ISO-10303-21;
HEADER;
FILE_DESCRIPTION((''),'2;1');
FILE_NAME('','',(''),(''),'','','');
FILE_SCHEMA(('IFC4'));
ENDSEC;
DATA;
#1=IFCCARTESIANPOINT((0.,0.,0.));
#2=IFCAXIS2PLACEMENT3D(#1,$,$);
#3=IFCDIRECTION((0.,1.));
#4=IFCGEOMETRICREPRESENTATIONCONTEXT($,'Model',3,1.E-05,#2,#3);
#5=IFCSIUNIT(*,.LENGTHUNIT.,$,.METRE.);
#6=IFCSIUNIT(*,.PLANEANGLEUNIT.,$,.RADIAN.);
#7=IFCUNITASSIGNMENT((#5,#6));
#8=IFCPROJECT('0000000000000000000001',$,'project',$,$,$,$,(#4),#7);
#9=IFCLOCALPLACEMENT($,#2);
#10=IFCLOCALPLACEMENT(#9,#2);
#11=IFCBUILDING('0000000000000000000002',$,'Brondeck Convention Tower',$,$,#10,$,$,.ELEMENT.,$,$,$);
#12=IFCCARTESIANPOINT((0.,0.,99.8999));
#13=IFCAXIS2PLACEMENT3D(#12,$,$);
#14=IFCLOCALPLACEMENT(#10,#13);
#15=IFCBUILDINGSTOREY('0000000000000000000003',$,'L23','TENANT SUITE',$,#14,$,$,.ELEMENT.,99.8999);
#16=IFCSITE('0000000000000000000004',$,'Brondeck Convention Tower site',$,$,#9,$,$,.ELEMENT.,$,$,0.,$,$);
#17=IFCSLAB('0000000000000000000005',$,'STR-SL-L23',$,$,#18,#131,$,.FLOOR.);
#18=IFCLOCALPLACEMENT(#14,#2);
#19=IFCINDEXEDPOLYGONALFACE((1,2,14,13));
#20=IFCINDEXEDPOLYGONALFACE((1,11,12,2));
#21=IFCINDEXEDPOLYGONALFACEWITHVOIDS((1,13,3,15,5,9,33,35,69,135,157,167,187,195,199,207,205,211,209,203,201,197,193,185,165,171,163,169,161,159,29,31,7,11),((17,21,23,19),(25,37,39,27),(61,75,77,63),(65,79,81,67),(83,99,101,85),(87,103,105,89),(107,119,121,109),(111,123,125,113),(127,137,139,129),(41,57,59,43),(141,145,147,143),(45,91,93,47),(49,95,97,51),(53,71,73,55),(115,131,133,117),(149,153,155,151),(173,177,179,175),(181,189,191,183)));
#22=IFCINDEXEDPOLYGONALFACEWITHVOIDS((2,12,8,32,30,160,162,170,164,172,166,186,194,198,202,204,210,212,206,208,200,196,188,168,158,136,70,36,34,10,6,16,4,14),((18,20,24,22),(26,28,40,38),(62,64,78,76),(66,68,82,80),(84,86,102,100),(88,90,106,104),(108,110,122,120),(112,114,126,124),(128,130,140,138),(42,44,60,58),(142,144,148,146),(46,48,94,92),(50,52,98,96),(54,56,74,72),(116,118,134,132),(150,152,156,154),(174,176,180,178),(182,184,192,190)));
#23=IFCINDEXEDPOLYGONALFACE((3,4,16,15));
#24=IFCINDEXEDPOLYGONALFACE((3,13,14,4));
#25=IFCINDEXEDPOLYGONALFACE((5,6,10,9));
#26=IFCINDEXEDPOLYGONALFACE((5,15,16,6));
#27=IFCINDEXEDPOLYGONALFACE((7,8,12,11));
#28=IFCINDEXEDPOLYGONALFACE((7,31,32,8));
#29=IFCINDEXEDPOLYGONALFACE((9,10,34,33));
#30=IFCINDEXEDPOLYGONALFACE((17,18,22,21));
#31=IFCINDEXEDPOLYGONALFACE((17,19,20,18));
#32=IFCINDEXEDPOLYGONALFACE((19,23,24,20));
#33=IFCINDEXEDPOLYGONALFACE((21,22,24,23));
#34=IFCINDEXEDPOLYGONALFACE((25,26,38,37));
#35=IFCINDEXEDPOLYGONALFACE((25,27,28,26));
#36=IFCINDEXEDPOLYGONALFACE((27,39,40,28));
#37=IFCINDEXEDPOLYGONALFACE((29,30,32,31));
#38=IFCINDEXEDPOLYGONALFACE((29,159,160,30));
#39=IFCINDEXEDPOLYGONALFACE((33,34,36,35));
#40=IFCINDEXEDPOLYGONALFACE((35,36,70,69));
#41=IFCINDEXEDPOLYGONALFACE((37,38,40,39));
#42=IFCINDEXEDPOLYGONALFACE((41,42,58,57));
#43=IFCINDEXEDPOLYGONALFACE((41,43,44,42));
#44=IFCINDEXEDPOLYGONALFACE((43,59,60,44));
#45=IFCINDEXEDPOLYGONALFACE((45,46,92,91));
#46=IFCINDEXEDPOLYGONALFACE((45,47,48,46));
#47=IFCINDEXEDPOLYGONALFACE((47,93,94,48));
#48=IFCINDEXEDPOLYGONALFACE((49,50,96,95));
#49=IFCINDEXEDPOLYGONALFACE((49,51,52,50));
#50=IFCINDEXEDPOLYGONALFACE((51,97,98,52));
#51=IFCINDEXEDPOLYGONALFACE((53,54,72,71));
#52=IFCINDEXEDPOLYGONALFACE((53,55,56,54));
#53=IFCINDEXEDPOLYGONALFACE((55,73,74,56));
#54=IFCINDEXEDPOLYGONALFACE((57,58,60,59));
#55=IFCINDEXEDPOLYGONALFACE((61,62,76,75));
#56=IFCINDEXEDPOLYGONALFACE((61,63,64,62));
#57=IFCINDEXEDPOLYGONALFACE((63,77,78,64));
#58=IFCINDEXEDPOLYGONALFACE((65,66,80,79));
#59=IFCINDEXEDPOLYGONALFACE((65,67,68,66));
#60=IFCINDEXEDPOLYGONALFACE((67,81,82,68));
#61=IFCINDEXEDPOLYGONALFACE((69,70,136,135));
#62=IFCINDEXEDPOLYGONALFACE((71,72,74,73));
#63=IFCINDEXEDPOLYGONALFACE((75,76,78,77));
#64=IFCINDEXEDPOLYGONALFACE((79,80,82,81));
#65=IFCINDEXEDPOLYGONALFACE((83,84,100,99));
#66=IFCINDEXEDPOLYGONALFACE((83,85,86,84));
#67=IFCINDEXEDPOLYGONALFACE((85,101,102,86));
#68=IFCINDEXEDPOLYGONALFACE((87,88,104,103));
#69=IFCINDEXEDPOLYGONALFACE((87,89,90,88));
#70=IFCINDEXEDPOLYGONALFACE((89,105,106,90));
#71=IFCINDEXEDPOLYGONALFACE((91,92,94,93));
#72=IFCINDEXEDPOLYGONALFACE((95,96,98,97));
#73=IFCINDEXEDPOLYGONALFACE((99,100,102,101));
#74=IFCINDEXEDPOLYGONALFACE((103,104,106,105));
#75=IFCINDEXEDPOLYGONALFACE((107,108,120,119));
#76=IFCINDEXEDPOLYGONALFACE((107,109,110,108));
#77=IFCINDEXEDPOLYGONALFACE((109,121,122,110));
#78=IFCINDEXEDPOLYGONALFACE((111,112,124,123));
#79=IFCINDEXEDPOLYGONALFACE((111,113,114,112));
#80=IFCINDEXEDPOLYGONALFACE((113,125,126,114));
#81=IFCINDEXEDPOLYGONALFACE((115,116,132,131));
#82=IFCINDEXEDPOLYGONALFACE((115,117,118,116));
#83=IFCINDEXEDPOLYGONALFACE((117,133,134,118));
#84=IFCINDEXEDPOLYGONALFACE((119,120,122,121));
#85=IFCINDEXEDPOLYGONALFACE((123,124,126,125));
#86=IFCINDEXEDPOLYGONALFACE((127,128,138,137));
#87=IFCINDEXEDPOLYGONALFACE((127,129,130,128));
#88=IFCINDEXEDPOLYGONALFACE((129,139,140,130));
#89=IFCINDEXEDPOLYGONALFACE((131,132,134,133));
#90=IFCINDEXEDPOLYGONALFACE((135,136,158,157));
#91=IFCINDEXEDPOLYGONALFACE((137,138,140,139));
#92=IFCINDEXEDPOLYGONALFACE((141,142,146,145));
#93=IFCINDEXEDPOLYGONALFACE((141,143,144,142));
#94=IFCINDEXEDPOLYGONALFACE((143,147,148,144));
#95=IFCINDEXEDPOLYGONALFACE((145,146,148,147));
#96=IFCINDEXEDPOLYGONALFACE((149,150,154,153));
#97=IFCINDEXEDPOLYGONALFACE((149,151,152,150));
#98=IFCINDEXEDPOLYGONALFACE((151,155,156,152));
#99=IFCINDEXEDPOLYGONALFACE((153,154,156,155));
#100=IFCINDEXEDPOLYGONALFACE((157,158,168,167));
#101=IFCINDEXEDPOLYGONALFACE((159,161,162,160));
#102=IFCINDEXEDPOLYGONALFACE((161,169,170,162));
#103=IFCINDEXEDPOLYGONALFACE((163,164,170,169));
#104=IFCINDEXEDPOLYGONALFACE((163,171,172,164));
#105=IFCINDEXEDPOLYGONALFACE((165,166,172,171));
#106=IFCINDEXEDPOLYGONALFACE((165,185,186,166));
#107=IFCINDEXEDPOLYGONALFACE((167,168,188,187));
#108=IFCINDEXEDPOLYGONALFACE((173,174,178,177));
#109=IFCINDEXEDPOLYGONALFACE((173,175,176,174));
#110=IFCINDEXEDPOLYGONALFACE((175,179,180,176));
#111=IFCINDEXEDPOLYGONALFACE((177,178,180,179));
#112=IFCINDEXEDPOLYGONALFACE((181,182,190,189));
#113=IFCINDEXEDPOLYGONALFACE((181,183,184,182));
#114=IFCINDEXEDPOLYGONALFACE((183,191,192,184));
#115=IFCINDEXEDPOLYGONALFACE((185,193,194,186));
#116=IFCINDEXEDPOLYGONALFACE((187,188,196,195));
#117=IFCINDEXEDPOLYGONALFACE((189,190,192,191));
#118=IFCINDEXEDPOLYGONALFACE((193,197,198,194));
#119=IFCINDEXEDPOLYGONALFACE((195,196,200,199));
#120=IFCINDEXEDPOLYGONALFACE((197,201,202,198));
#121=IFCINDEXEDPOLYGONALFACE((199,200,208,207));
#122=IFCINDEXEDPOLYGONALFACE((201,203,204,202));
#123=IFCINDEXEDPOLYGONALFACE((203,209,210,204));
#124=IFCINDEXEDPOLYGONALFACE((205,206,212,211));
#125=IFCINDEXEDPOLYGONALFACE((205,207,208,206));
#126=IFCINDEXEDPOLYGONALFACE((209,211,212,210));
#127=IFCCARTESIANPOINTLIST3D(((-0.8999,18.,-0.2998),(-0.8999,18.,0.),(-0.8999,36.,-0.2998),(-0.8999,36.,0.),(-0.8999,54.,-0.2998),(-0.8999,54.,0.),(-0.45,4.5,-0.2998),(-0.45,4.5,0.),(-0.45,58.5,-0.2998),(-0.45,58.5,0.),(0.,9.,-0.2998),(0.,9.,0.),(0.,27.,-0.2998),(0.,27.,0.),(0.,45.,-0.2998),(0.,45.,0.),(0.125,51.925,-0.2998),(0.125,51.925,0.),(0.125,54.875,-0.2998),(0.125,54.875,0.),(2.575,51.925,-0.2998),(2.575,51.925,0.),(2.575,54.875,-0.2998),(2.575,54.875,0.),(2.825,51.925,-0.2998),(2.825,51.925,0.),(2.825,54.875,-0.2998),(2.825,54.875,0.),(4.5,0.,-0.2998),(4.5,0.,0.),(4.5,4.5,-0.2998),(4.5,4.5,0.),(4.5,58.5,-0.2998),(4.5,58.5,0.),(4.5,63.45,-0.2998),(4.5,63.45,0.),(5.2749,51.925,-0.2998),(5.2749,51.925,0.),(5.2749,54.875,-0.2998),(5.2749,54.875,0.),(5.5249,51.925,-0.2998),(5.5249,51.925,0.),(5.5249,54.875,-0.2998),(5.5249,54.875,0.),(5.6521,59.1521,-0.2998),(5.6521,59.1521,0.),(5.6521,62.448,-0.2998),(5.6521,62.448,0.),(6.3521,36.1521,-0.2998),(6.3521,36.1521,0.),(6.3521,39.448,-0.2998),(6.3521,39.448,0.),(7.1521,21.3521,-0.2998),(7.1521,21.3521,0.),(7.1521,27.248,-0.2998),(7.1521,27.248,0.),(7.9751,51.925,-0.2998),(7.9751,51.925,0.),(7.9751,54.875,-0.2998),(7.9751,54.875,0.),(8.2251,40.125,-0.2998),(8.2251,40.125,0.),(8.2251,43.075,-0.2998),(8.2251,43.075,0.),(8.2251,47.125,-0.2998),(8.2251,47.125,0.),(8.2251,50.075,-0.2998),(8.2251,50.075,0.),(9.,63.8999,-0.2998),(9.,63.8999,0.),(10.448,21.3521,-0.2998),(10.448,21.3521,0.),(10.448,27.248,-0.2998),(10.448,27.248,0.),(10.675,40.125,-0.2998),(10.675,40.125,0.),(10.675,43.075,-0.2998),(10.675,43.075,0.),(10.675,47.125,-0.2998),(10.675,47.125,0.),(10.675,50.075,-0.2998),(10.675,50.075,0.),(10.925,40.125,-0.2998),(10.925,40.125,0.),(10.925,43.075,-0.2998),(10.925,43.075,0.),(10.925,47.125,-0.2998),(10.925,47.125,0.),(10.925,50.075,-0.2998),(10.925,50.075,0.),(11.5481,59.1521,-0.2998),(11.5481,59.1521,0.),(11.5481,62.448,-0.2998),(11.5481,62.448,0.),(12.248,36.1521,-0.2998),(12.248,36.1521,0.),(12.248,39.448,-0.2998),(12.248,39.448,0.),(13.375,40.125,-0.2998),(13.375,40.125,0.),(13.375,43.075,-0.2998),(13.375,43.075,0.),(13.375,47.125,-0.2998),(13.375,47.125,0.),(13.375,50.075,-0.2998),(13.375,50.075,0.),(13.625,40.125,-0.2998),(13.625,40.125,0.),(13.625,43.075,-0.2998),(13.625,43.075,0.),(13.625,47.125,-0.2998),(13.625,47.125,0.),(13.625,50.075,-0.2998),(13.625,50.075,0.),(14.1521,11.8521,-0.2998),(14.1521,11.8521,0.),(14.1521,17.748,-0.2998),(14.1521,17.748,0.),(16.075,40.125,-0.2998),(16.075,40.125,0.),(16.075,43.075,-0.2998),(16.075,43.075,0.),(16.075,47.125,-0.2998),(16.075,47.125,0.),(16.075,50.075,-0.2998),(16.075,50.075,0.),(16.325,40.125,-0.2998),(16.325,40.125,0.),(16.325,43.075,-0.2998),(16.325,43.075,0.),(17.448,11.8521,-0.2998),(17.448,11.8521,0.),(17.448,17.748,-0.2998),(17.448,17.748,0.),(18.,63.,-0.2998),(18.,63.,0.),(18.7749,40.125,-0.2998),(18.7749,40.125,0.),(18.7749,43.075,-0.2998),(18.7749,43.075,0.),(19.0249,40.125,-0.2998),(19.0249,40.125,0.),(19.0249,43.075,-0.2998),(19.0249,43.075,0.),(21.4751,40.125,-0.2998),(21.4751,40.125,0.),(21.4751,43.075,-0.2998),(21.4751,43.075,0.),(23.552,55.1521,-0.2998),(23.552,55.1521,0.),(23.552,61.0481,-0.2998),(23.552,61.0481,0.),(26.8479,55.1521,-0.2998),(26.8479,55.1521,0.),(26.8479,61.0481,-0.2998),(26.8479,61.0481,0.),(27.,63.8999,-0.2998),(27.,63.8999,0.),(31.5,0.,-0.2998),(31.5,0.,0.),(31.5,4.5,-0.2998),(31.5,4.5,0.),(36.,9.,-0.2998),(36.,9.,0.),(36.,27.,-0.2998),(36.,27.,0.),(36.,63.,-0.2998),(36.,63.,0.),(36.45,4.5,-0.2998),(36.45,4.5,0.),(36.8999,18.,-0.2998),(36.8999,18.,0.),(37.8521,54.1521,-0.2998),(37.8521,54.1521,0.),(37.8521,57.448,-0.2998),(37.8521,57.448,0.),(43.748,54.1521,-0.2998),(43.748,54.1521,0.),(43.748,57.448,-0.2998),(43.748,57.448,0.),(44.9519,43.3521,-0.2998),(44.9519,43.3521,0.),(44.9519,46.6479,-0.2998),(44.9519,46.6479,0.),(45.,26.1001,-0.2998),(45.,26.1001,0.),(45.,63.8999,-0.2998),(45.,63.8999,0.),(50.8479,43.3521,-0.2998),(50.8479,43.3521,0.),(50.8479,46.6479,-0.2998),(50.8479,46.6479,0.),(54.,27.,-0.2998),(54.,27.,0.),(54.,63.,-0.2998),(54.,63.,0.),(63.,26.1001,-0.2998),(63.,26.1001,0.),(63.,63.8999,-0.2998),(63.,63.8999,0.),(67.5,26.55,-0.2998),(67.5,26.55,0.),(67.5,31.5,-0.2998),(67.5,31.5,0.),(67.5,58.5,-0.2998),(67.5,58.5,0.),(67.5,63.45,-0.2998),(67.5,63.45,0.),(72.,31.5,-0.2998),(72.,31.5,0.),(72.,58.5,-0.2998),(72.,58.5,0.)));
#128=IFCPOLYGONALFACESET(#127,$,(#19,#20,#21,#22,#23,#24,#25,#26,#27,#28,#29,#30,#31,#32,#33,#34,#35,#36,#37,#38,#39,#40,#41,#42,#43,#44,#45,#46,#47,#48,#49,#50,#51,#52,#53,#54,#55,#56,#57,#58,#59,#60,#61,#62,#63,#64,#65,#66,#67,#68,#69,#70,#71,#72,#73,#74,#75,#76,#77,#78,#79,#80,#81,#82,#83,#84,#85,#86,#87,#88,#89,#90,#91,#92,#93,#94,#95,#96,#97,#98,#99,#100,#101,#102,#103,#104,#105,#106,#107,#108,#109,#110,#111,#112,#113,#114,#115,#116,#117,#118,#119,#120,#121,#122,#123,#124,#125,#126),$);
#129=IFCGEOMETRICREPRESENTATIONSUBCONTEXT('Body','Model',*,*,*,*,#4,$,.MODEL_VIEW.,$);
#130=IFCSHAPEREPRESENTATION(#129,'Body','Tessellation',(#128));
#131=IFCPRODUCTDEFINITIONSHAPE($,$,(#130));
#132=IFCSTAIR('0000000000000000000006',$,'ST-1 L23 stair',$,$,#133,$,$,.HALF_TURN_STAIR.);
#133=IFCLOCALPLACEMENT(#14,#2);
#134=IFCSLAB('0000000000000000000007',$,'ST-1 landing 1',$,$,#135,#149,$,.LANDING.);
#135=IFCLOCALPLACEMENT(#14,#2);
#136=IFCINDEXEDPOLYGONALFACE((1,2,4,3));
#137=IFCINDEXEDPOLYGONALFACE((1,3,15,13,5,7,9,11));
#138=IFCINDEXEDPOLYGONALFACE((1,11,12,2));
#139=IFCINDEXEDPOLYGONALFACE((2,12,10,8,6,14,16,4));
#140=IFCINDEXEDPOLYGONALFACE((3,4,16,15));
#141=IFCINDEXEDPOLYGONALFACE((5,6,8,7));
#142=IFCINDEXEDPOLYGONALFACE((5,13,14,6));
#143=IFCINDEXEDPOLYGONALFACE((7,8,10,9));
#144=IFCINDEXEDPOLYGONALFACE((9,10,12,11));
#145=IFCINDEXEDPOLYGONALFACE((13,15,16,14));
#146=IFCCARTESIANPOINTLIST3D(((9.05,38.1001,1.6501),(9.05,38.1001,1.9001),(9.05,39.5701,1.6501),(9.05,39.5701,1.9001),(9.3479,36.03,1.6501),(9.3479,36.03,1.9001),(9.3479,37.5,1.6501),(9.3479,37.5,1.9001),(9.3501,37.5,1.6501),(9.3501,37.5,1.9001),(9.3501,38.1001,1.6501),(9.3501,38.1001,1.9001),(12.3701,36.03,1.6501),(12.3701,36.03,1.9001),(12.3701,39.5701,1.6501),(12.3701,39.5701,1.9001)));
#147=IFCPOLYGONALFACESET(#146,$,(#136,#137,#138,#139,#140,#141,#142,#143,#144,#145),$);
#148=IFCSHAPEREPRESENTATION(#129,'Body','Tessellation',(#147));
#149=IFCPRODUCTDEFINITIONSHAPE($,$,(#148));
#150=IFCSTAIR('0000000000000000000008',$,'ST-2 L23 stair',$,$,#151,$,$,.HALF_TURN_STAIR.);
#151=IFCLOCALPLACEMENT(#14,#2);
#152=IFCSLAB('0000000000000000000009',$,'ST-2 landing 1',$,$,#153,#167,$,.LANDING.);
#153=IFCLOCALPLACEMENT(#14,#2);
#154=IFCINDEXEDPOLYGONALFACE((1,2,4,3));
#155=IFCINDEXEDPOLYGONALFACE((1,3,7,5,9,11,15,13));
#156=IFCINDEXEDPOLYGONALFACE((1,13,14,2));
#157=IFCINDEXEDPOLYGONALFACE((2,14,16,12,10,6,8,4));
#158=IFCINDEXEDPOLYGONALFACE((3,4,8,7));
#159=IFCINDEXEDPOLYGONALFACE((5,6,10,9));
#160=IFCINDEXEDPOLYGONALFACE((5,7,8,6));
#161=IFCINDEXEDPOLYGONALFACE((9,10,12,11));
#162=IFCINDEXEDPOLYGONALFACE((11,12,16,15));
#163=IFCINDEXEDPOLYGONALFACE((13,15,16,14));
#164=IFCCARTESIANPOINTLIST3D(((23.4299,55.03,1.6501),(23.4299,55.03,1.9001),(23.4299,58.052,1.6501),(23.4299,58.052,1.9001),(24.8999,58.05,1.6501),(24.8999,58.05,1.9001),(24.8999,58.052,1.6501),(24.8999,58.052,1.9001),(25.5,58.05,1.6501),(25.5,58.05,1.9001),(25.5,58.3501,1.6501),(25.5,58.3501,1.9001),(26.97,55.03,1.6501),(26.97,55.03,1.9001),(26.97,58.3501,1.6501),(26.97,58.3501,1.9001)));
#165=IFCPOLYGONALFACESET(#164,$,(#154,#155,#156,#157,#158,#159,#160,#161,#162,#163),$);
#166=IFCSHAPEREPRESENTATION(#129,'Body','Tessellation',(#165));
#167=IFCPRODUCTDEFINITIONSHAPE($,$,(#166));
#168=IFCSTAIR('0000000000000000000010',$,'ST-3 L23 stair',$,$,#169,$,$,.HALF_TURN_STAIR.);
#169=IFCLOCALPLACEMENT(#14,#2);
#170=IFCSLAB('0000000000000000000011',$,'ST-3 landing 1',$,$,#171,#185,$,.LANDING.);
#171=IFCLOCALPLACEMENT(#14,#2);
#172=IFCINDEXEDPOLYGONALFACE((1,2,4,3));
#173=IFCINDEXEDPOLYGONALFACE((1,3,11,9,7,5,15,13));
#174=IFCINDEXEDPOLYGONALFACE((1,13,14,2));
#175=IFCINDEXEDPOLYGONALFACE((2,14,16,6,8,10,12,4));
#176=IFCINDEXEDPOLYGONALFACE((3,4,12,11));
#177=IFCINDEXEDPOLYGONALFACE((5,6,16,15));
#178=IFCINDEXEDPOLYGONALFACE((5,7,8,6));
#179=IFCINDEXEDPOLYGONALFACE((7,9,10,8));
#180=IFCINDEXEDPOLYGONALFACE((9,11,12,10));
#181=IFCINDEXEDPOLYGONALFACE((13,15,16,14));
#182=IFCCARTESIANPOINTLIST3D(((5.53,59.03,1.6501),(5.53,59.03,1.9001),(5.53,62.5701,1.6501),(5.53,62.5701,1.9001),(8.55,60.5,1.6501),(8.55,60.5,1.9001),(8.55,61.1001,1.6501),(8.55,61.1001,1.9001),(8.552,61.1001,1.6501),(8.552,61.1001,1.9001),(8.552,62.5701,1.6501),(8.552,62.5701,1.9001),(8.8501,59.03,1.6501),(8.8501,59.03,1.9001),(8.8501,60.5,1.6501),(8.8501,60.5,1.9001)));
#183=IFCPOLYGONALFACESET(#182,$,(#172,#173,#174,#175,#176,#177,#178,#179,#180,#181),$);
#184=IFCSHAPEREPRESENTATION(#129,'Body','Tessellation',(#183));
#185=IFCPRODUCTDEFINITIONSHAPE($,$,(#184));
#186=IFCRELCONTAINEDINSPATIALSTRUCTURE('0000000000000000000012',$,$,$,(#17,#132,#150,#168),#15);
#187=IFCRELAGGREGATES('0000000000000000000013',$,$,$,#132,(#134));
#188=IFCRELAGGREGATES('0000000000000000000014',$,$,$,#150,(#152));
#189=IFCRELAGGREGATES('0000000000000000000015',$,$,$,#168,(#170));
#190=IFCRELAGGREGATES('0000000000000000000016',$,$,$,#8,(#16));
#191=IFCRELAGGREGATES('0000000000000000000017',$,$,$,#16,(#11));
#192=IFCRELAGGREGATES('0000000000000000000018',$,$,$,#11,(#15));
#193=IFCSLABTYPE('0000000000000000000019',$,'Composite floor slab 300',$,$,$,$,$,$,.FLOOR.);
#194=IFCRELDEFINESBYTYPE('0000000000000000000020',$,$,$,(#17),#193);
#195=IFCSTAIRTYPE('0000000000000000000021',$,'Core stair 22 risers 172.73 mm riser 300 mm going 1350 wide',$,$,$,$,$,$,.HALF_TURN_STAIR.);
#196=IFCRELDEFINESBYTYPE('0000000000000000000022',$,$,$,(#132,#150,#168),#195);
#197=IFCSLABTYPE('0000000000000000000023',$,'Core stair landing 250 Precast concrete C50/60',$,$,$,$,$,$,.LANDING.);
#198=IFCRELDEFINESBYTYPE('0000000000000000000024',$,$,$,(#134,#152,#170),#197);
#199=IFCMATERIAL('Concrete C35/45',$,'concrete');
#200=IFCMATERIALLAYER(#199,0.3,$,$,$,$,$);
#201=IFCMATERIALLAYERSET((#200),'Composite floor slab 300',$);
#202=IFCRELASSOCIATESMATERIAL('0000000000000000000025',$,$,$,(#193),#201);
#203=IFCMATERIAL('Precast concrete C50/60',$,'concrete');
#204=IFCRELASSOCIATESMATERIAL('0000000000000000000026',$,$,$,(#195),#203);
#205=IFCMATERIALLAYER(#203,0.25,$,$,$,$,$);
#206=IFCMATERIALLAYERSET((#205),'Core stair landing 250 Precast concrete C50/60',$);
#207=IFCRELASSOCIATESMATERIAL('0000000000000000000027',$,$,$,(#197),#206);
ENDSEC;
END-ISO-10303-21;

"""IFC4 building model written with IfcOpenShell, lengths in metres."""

from ifc_helpers import new_model, si_unit, direction, frame, origin, place, context, subcontext, project, spatial, polyline, outline, extrude, material, layer, layer_set, type_object, element, aggregate, save


model = new_model("IFC4")

# Units and contexts
model_context = context("Model", 3, precision=1e-05, world=origin(), true_north=direction((0.0, 1.0)))
body_context = subcontext(model_context, "Body", "Model", "MODEL_VIEW")
ifc_project = project(units=[si_unit("LENGTHUNIT", "METRE"), si_unit("PLANEANGLEUNIT", "RADIAN")], contexts=[model_context])

# Site, building, storey
site_placement = place(None, origin())
site = spatial("IfcSite", under=ifc_project, at=site_placement, Name="Brondeck Convention Tower site", CompositionType="ELEMENT", RefElevation=0.0)
building_placement = place(site_placement, origin())
building = spatial("IfcBuilding", under=site, at=building_placement, Name="Brondeck Convention Tower", CompositionType="ELEMENT")
storey_placement = place(building_placement, frame((0.0, 0.0, 99.8999)))
storey = spatial("IfcBuildingStorey", under=building, at=storey_placement, Name="L23", Description="TENANT SUITE", CompositionType="ELEMENT", Elevation=99.8999)

# Slab
ifc_material_1 = material(Name="Concrete C35/45", Category="concrete")
ifc_layer_1 = layer(ifc_material_1, 0.3)
ifc_layer_set_1 = layer_set([ifc_layer_1], Name="Composite floor slab 300")
slab_type_1 = type_object("IfcSlabType", Name="Composite floor slab 300", PredefinedType="FLOOR", material=ifc_layer_set_1)
slab_1_placement = place(storey_placement, frame((0.0, 0.0, -0.2998)))
element("IfcSlab", 1, at=slab_1_placement, inside=storey, type_object=slab_type_1, Name="STR-SL-L23", PredefinedType="FLOOR", context=body_context, shape_type="SweptSolid", body=[
    extrude(outline(polyline([(4.5, 4.5), (-0.45, 4.5), (0.0, 9.0), (-0.8999, 18.0), (0.0, 27.0), (-0.8999, 36.0), (0.0, 45.0), (-0.8999, 54.0), (-0.45, 58.5), (4.5, 58.5), (4.5, 63.45), (9.0, 63.8999), (18.0, 63.0), (27.0, 63.8999), (36.0, 63.0), (45.0, 63.8999), (54.0, 63.0), (63.0, 63.8999), (67.5, 63.45), (67.5, 58.5), (72.0, 58.5), (72.0, 31.5), (67.5, 31.5), (67.5, 26.55), (63.0, 26.1001), (54.0, 27.0), (45.0, 26.1001), (36.0, 27.0), (36.8999, 18.0), (36.0, 9.0), (36.45, 4.5), (31.5, 4.5), (31.5, 0.0), (4.5, 0.0), (4.5, 4.5)]), holes=[polyline([(10.448, 27.248), (7.1521, 27.248), (7.1521, 21.3521), (10.448, 21.3521), (10.448, 27.248)]), polyline([(12.248, 36.1521), (12.248, 39.448), (6.3521, 39.448), (6.3521, 36.1521), (12.248, 36.1521)]), polyline([(10.675, 40.125), (10.675, 43.075), (8.2251, 43.075), (8.2251, 40.125), (10.675, 40.125)]), polyline([(10.675, 47.125), (10.675, 50.075), (8.2251, 50.075), (8.2251, 47.125), (10.675, 47.125)]), polyline([(13.375, 47.125), (13.375, 50.075), (10.925, 50.075), (10.925, 47.125), (13.375, 47.125)]), polyline([(2.575, 51.925), (2.575, 54.875), (0.125, 54.875), (0.125, 51.925), (2.575, 51.925)]), polyline([(5.2749, 51.925), (5.2749, 54.875), (2.825, 54.875), (2.825, 51.925), (5.2749, 51.925)]), polyline([(5.5249, 51.925), (7.9751, 51.925), (7.9751, 54.875), (5.5249, 54.875), (5.5249, 51.925)]), polyline([(11.5481, 62.448), (5.6521, 62.448), (5.6521, 59.1521), (11.5481, 59.1521), (11.5481, 62.448)]), polyline([(17.448, 17.748), (14.1521, 17.748), (14.1521, 11.8521), (17.448, 11.8521), (17.448, 17.748)]), polyline([(13.375, 40.125), (13.375, 43.075), (10.925, 43.075), (10.925, 40.125), (13.375, 40.125)]), polyline([(16.075, 40.125), (16.075, 43.075), (13.625, 43.075), (13.625, 40.125), (16.075, 40.125)]), polyline([(18.7749, 40.125), (18.7749, 43.075), (16.325, 43.075), (16.325, 40.125), (18.7749, 40.125)]), polyline([(21.4751, 40.125), (21.4751, 43.075), (19.0249, 43.075), (19.0249, 40.125), (21.4751, 40.125)]), polyline([(50.8479, 43.3521), (50.8479, 46.6479), (44.9519, 46.6479), (44.9519, 43.3521), (50.8479, 43.3521)]), polyline([(16.075, 47.125), (16.075, 50.075), (13.625, 50.075), (13.625, 47.125), (16.075, 47.125)]), polyline([(37.8521, 54.1521), (43.748, 54.1521), (43.748, 57.448), (37.8521, 57.448), (37.8521, 54.1521)]), polyline([(23.552, 61.0481), (23.552, 55.1521), (26.8479, 55.1521), (26.8479, 61.0481), (23.552, 61.0481)])]), origin(), (0.0, 0.0, 1.0), 0.2998),
])

# Stairs, slabs
ifc_material_2 = material(Name="Precast concrete C50/60", Category="concrete")
stair_type = type_object("IfcStairType", Name="Core stair 22 risers 172.73 mm riser 300 mm going 1350 wide", PredefinedType="HALF_TURN_STAIR", material=ifc_material_2)
stair_1_placement = place(storey_placement, origin())
stair_1 = element("IfcStair", 2, at=stair_1_placement, inside=storey, type_object=stair_type, Name="ST-1 L23 stair", PredefinedType="HALF_TURN_STAIR")
ifc_layer_2 = layer(ifc_material_2, 0.25)
ifc_layer_set_2 = layer_set([ifc_layer_2], Name="Core stair landing 250 Precast concrete C50/60")
slab_type_2 = type_object("IfcSlabType", Name="Core stair landing 250 Precast concrete C50/60", PredefinedType="LANDING", material=ifc_layer_set_2)
slab_2_placement = place(storey_placement, frame((0.0, 0.0, 1.6501)))
slab_2 = element("IfcSlab", 3, at=slab_2_placement, type_object=slab_type_2, Name="ST-1 landing 1", PredefinedType="LANDING", context=body_context, shape_type="SweptSolid", body=[
    extrude(outline(polyline([(9.3479, 37.5), (9.3501, 37.5), (9.3501, 38.1001), (9.05, 38.1001), (9.05, 39.5701), (12.3701, 39.5701), (12.3701, 36.03), (9.3479, 36.03), (9.3479, 37.5)])), origin(), (0.0, 0.0, 1.0), 0.25),
])
aggregate(stair_1, [slab_2])
stair_2_placement = place(storey_placement, origin())
stair_2 = element("IfcStair", 4, at=stair_2_placement, inside=storey, type_object=stair_type, Name="ST-2 L23 stair", PredefinedType="HALF_TURN_STAIR")
slab_3_placement = place(storey_placement, frame((0.0, 0.0, 1.6501)))
slab_3 = element("IfcSlab", 5, at=slab_3_placement, type_object=slab_type_2, Name="ST-2 landing 1", PredefinedType="LANDING", context=body_context, shape_type="SweptSolid", body=[
    extrude(outline(polyline([(23.4299, 58.052), (24.8999, 58.052), (24.8999, 58.05), (25.5, 58.05), (25.5, 58.3501), (26.97, 58.3501), (26.97, 55.03), (23.4299, 55.03), (23.4299, 58.052)])), origin(), (0.0, 0.0, 1.0), 0.25),
])
aggregate(stair_2, [slab_3])
stair_3_placement = place(storey_placement, origin())
stair_3 = element("IfcStair", 6, at=stair_3_placement, inside=storey, type_object=stair_type, Name="ST-3 L23 stair", PredefinedType="HALF_TURN_STAIR")
slab_4_placement = place(storey_placement, frame((0.0, 0.0, 1.6501)))
slab_4 = element("IfcSlab", 7, at=slab_4_placement, type_object=slab_type_2, Name="ST-3 landing 1", PredefinedType="LANDING", context=body_context, shape_type="SweptSolid", body=[
    extrude(outline(polyline([(8.8501, 60.5), (8.8501, 59.03), (5.53, 59.03), (5.53, 62.5701), (8.552, 62.5701), (8.552, 61.1001), (8.55, 61.1001), (8.55, 60.5), (8.8501, 60.5)])), origin(), (0.0, 0.0, 1.0), 0.25),
])
aggregate(stair_3, [slab_4])

save(model, "model.ifc")
